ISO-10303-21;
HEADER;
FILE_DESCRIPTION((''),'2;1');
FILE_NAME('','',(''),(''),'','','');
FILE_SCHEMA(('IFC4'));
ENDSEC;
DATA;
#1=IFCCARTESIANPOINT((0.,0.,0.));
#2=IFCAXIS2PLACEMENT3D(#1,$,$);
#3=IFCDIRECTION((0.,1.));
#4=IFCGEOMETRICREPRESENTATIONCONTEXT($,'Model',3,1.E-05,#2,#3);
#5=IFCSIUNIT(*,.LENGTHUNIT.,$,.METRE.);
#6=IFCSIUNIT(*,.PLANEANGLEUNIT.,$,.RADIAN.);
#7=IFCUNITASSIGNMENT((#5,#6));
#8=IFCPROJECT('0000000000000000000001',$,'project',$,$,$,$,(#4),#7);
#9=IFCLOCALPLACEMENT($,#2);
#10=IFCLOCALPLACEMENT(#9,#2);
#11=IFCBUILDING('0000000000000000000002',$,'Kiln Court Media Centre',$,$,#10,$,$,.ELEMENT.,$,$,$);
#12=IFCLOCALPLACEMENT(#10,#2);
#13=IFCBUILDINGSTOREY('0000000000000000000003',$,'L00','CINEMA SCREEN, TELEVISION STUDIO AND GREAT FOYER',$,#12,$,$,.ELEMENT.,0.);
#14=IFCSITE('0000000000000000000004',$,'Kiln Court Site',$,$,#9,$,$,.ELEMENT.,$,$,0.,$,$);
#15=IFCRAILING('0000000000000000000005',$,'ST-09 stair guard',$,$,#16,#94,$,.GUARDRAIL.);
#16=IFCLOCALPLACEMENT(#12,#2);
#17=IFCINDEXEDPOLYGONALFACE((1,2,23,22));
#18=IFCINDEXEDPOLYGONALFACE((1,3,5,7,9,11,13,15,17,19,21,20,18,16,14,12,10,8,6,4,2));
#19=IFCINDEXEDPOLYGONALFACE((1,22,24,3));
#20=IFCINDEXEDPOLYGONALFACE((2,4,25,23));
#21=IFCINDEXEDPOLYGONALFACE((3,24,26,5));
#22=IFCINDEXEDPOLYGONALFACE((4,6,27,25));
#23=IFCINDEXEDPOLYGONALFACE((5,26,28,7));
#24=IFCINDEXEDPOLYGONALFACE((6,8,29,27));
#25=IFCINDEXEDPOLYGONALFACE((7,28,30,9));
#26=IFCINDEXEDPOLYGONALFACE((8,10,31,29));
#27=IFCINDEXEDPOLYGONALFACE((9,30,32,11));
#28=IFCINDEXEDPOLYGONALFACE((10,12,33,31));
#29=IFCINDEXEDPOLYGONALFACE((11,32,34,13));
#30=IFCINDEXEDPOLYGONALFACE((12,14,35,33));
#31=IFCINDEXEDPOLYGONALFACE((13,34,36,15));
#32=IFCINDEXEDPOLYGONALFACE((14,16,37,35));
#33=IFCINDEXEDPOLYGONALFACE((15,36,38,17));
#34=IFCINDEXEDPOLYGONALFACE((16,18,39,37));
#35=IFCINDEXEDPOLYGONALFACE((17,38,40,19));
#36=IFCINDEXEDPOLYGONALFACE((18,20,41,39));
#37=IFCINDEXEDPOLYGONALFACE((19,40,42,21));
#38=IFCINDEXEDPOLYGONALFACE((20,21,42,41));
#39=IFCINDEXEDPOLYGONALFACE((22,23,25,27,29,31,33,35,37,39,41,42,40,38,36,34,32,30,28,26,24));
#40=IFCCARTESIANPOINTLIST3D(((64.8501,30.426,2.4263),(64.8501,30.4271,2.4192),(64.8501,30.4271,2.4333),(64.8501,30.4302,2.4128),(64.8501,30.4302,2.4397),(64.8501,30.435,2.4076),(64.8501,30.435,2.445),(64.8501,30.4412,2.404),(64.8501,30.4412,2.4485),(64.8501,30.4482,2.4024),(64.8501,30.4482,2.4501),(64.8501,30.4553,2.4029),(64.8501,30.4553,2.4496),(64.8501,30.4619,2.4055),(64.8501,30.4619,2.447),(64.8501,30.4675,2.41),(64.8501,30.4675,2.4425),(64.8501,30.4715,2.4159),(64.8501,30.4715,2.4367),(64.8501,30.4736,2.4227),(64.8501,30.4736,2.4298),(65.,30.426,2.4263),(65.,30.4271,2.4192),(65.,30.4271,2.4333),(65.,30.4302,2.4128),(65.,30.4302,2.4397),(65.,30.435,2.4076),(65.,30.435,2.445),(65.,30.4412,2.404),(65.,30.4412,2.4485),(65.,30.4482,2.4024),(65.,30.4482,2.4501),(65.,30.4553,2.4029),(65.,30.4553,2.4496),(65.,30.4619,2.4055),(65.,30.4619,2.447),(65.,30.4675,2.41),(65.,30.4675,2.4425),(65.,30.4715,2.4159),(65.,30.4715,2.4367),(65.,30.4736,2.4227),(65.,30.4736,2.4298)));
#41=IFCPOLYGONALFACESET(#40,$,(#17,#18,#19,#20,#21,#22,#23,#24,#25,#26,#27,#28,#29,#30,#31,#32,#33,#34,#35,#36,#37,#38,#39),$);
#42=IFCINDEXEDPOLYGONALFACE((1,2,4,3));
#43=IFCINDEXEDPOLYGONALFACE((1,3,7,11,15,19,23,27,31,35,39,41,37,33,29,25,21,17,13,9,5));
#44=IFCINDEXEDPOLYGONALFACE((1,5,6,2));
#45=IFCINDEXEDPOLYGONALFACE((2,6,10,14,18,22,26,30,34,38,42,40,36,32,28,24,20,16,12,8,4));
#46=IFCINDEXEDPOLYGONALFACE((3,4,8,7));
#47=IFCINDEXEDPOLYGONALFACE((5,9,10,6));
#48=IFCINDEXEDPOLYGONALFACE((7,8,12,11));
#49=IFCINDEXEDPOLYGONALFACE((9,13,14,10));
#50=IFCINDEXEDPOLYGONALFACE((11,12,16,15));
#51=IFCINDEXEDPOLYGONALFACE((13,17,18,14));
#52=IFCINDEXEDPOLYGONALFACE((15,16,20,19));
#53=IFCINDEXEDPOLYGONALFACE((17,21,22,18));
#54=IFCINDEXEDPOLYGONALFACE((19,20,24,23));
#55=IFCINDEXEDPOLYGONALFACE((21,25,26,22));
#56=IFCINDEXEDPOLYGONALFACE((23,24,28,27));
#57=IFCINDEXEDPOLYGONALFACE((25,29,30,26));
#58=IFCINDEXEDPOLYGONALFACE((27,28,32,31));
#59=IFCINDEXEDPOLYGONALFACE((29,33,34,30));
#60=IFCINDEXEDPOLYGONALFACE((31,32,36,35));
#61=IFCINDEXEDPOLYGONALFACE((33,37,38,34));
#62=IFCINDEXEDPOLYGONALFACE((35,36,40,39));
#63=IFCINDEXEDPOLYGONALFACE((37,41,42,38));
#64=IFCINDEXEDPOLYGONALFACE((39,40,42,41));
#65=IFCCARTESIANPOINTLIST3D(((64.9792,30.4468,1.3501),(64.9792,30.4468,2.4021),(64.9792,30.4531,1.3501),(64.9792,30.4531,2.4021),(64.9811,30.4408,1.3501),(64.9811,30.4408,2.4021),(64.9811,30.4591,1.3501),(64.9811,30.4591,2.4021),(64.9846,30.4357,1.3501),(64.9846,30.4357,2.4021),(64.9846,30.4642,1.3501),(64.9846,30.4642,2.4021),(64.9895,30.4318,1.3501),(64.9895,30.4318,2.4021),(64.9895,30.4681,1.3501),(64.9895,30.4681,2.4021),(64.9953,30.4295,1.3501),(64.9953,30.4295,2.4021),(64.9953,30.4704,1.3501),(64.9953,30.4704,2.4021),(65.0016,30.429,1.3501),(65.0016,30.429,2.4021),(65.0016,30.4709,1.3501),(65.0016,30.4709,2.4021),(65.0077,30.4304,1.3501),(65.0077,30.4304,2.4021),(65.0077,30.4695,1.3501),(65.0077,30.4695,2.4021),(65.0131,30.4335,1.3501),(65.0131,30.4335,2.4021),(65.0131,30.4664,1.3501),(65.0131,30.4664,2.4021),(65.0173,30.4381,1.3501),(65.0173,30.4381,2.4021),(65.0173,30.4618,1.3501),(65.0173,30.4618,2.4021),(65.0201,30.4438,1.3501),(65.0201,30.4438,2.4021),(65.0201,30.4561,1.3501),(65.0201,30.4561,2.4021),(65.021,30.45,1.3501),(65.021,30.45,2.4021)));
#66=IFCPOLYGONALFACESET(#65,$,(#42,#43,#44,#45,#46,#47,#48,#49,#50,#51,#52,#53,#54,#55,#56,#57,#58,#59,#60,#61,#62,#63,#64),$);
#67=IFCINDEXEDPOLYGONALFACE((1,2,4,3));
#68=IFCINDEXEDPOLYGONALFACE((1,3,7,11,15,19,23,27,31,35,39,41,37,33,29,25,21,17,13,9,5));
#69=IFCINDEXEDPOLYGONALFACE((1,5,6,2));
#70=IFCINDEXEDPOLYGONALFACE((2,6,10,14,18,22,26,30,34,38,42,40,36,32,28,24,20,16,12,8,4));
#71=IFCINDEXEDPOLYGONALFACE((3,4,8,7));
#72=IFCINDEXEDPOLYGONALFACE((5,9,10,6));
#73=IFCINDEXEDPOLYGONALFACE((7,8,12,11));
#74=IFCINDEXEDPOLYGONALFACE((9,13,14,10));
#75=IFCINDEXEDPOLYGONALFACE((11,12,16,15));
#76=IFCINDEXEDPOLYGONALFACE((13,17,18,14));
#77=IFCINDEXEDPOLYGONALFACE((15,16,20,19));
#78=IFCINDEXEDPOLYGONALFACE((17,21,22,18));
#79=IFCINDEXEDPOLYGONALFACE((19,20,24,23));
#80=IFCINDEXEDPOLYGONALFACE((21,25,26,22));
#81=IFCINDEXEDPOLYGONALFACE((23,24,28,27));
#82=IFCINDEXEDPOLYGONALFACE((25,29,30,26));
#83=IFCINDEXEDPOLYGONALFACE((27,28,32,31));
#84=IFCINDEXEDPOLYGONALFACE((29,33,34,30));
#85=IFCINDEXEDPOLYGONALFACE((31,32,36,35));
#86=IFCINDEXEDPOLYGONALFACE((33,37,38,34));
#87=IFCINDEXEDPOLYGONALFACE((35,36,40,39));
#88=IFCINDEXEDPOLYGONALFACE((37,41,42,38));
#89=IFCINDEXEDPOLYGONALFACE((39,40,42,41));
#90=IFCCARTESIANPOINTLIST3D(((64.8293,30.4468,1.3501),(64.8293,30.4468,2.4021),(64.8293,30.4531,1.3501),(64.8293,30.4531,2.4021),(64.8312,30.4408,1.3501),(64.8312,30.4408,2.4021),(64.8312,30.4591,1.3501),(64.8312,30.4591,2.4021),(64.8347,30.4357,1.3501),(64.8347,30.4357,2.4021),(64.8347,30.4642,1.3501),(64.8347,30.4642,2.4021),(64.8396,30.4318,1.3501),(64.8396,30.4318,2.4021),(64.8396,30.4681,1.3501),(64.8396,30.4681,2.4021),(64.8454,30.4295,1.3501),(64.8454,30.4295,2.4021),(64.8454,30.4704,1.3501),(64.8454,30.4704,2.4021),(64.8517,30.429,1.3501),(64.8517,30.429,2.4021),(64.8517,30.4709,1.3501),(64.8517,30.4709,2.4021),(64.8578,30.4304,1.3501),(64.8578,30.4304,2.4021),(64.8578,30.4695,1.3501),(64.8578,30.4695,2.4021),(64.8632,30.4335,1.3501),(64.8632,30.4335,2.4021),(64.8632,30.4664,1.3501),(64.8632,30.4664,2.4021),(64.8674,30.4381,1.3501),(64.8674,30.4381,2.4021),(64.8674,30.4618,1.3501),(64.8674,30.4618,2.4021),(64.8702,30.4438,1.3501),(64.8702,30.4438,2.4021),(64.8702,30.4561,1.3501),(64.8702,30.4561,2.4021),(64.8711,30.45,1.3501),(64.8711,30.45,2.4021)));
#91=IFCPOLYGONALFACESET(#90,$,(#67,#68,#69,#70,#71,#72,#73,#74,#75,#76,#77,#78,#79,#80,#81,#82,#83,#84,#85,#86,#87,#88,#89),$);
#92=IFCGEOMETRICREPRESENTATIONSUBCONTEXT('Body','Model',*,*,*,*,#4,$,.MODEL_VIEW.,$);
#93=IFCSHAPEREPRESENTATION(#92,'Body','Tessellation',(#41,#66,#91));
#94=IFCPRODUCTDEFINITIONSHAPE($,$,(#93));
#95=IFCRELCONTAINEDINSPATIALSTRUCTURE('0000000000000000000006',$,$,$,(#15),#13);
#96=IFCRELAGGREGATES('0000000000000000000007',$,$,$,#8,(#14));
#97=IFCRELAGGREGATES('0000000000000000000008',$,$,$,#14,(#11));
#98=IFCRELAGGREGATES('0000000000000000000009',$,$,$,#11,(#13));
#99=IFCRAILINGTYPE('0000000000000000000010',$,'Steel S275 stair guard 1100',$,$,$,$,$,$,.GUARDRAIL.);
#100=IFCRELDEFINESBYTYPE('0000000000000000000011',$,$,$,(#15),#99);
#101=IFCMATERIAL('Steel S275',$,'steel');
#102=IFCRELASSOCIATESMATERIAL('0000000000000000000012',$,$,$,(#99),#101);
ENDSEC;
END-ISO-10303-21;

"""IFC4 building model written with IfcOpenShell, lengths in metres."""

from ifc_helpers import new_model, si_unit, direction, frame, origin, origin_2d, place, context, subcontext, project, spatial, circle, extrude, material, type_object, element, save


model = new_model("IFC4")

# Units and contexts
model_context = context("Model", 3, precision=1e-05, world=origin(), true_north=direction((0.0, 1.0)))
body_context = subcontext(model_context, "Body", "Model", "MODEL_VIEW")
ifc_project = project(units=[si_unit("LENGTHUNIT", "METRE"), si_unit("PLANEANGLEUNIT", "RADIAN")], contexts=[model_context])

# Site, building, storey
site_placement = place(None, origin())
site = spatial("IfcSite", under=ifc_project, at=site_placement, Name="Kiln Court Site", CompositionType="ELEMENT", RefElevation=0.0)
building_placement = place(site_placement, origin())
building = spatial("IfcBuilding", under=site, at=building_placement, Name="Kiln Court Media Centre", CompositionType="ELEMENT")
storey_placement = place(building_placement, origin())
storey = spatial("IfcBuildingStorey", under=building, at=storey_placement, Name="L00", Description="CINEMA SCREEN, TELEVISION STUDIO AND GREAT FOYER", CompositionType="ELEMENT", Elevation=0.0)

# Railing
ifc_material_1 = material(Name="Steel S275", Category="steel")
railing_type_1 = type_object("IfcRailingType", Name="Steel S275 stair guard 1100", PredefinedType="GUARDRAIL", material=ifc_material_1)
railing_1_placement = place(storey_placement, frame((65.0, 30.45, 1.3501)))
element("IfcRailing", 1, at=railing_1_placement, inside=storey, type_object=railing_type_1, Name="ST-09 stair guard", PredefinedType="GUARDRAIL", context=body_context, shape_type="SweptSolid", body=[
    extrude(circle(Radius=0.0239, at=origin_2d()), frame((0.0, 0.0, 1.0762), z_axis=(-1.0, 0.0, 0.0), x_axis=(0.0, -1.0, 0.0)), (0.0, 0.0, 1.0), 0.1499),
    extrude(circle(Radius=0.021, at=origin_2d()), origin(), (0.0, 0.0, 1.0), 1.052),
    extrude(circle(Radius=0.021, at=origin_2d()), frame((-0.1499, 0.0, 0.0)), (0.0, 0.0, 1.0), 1.052),
])

save(model, "model.ifc")
